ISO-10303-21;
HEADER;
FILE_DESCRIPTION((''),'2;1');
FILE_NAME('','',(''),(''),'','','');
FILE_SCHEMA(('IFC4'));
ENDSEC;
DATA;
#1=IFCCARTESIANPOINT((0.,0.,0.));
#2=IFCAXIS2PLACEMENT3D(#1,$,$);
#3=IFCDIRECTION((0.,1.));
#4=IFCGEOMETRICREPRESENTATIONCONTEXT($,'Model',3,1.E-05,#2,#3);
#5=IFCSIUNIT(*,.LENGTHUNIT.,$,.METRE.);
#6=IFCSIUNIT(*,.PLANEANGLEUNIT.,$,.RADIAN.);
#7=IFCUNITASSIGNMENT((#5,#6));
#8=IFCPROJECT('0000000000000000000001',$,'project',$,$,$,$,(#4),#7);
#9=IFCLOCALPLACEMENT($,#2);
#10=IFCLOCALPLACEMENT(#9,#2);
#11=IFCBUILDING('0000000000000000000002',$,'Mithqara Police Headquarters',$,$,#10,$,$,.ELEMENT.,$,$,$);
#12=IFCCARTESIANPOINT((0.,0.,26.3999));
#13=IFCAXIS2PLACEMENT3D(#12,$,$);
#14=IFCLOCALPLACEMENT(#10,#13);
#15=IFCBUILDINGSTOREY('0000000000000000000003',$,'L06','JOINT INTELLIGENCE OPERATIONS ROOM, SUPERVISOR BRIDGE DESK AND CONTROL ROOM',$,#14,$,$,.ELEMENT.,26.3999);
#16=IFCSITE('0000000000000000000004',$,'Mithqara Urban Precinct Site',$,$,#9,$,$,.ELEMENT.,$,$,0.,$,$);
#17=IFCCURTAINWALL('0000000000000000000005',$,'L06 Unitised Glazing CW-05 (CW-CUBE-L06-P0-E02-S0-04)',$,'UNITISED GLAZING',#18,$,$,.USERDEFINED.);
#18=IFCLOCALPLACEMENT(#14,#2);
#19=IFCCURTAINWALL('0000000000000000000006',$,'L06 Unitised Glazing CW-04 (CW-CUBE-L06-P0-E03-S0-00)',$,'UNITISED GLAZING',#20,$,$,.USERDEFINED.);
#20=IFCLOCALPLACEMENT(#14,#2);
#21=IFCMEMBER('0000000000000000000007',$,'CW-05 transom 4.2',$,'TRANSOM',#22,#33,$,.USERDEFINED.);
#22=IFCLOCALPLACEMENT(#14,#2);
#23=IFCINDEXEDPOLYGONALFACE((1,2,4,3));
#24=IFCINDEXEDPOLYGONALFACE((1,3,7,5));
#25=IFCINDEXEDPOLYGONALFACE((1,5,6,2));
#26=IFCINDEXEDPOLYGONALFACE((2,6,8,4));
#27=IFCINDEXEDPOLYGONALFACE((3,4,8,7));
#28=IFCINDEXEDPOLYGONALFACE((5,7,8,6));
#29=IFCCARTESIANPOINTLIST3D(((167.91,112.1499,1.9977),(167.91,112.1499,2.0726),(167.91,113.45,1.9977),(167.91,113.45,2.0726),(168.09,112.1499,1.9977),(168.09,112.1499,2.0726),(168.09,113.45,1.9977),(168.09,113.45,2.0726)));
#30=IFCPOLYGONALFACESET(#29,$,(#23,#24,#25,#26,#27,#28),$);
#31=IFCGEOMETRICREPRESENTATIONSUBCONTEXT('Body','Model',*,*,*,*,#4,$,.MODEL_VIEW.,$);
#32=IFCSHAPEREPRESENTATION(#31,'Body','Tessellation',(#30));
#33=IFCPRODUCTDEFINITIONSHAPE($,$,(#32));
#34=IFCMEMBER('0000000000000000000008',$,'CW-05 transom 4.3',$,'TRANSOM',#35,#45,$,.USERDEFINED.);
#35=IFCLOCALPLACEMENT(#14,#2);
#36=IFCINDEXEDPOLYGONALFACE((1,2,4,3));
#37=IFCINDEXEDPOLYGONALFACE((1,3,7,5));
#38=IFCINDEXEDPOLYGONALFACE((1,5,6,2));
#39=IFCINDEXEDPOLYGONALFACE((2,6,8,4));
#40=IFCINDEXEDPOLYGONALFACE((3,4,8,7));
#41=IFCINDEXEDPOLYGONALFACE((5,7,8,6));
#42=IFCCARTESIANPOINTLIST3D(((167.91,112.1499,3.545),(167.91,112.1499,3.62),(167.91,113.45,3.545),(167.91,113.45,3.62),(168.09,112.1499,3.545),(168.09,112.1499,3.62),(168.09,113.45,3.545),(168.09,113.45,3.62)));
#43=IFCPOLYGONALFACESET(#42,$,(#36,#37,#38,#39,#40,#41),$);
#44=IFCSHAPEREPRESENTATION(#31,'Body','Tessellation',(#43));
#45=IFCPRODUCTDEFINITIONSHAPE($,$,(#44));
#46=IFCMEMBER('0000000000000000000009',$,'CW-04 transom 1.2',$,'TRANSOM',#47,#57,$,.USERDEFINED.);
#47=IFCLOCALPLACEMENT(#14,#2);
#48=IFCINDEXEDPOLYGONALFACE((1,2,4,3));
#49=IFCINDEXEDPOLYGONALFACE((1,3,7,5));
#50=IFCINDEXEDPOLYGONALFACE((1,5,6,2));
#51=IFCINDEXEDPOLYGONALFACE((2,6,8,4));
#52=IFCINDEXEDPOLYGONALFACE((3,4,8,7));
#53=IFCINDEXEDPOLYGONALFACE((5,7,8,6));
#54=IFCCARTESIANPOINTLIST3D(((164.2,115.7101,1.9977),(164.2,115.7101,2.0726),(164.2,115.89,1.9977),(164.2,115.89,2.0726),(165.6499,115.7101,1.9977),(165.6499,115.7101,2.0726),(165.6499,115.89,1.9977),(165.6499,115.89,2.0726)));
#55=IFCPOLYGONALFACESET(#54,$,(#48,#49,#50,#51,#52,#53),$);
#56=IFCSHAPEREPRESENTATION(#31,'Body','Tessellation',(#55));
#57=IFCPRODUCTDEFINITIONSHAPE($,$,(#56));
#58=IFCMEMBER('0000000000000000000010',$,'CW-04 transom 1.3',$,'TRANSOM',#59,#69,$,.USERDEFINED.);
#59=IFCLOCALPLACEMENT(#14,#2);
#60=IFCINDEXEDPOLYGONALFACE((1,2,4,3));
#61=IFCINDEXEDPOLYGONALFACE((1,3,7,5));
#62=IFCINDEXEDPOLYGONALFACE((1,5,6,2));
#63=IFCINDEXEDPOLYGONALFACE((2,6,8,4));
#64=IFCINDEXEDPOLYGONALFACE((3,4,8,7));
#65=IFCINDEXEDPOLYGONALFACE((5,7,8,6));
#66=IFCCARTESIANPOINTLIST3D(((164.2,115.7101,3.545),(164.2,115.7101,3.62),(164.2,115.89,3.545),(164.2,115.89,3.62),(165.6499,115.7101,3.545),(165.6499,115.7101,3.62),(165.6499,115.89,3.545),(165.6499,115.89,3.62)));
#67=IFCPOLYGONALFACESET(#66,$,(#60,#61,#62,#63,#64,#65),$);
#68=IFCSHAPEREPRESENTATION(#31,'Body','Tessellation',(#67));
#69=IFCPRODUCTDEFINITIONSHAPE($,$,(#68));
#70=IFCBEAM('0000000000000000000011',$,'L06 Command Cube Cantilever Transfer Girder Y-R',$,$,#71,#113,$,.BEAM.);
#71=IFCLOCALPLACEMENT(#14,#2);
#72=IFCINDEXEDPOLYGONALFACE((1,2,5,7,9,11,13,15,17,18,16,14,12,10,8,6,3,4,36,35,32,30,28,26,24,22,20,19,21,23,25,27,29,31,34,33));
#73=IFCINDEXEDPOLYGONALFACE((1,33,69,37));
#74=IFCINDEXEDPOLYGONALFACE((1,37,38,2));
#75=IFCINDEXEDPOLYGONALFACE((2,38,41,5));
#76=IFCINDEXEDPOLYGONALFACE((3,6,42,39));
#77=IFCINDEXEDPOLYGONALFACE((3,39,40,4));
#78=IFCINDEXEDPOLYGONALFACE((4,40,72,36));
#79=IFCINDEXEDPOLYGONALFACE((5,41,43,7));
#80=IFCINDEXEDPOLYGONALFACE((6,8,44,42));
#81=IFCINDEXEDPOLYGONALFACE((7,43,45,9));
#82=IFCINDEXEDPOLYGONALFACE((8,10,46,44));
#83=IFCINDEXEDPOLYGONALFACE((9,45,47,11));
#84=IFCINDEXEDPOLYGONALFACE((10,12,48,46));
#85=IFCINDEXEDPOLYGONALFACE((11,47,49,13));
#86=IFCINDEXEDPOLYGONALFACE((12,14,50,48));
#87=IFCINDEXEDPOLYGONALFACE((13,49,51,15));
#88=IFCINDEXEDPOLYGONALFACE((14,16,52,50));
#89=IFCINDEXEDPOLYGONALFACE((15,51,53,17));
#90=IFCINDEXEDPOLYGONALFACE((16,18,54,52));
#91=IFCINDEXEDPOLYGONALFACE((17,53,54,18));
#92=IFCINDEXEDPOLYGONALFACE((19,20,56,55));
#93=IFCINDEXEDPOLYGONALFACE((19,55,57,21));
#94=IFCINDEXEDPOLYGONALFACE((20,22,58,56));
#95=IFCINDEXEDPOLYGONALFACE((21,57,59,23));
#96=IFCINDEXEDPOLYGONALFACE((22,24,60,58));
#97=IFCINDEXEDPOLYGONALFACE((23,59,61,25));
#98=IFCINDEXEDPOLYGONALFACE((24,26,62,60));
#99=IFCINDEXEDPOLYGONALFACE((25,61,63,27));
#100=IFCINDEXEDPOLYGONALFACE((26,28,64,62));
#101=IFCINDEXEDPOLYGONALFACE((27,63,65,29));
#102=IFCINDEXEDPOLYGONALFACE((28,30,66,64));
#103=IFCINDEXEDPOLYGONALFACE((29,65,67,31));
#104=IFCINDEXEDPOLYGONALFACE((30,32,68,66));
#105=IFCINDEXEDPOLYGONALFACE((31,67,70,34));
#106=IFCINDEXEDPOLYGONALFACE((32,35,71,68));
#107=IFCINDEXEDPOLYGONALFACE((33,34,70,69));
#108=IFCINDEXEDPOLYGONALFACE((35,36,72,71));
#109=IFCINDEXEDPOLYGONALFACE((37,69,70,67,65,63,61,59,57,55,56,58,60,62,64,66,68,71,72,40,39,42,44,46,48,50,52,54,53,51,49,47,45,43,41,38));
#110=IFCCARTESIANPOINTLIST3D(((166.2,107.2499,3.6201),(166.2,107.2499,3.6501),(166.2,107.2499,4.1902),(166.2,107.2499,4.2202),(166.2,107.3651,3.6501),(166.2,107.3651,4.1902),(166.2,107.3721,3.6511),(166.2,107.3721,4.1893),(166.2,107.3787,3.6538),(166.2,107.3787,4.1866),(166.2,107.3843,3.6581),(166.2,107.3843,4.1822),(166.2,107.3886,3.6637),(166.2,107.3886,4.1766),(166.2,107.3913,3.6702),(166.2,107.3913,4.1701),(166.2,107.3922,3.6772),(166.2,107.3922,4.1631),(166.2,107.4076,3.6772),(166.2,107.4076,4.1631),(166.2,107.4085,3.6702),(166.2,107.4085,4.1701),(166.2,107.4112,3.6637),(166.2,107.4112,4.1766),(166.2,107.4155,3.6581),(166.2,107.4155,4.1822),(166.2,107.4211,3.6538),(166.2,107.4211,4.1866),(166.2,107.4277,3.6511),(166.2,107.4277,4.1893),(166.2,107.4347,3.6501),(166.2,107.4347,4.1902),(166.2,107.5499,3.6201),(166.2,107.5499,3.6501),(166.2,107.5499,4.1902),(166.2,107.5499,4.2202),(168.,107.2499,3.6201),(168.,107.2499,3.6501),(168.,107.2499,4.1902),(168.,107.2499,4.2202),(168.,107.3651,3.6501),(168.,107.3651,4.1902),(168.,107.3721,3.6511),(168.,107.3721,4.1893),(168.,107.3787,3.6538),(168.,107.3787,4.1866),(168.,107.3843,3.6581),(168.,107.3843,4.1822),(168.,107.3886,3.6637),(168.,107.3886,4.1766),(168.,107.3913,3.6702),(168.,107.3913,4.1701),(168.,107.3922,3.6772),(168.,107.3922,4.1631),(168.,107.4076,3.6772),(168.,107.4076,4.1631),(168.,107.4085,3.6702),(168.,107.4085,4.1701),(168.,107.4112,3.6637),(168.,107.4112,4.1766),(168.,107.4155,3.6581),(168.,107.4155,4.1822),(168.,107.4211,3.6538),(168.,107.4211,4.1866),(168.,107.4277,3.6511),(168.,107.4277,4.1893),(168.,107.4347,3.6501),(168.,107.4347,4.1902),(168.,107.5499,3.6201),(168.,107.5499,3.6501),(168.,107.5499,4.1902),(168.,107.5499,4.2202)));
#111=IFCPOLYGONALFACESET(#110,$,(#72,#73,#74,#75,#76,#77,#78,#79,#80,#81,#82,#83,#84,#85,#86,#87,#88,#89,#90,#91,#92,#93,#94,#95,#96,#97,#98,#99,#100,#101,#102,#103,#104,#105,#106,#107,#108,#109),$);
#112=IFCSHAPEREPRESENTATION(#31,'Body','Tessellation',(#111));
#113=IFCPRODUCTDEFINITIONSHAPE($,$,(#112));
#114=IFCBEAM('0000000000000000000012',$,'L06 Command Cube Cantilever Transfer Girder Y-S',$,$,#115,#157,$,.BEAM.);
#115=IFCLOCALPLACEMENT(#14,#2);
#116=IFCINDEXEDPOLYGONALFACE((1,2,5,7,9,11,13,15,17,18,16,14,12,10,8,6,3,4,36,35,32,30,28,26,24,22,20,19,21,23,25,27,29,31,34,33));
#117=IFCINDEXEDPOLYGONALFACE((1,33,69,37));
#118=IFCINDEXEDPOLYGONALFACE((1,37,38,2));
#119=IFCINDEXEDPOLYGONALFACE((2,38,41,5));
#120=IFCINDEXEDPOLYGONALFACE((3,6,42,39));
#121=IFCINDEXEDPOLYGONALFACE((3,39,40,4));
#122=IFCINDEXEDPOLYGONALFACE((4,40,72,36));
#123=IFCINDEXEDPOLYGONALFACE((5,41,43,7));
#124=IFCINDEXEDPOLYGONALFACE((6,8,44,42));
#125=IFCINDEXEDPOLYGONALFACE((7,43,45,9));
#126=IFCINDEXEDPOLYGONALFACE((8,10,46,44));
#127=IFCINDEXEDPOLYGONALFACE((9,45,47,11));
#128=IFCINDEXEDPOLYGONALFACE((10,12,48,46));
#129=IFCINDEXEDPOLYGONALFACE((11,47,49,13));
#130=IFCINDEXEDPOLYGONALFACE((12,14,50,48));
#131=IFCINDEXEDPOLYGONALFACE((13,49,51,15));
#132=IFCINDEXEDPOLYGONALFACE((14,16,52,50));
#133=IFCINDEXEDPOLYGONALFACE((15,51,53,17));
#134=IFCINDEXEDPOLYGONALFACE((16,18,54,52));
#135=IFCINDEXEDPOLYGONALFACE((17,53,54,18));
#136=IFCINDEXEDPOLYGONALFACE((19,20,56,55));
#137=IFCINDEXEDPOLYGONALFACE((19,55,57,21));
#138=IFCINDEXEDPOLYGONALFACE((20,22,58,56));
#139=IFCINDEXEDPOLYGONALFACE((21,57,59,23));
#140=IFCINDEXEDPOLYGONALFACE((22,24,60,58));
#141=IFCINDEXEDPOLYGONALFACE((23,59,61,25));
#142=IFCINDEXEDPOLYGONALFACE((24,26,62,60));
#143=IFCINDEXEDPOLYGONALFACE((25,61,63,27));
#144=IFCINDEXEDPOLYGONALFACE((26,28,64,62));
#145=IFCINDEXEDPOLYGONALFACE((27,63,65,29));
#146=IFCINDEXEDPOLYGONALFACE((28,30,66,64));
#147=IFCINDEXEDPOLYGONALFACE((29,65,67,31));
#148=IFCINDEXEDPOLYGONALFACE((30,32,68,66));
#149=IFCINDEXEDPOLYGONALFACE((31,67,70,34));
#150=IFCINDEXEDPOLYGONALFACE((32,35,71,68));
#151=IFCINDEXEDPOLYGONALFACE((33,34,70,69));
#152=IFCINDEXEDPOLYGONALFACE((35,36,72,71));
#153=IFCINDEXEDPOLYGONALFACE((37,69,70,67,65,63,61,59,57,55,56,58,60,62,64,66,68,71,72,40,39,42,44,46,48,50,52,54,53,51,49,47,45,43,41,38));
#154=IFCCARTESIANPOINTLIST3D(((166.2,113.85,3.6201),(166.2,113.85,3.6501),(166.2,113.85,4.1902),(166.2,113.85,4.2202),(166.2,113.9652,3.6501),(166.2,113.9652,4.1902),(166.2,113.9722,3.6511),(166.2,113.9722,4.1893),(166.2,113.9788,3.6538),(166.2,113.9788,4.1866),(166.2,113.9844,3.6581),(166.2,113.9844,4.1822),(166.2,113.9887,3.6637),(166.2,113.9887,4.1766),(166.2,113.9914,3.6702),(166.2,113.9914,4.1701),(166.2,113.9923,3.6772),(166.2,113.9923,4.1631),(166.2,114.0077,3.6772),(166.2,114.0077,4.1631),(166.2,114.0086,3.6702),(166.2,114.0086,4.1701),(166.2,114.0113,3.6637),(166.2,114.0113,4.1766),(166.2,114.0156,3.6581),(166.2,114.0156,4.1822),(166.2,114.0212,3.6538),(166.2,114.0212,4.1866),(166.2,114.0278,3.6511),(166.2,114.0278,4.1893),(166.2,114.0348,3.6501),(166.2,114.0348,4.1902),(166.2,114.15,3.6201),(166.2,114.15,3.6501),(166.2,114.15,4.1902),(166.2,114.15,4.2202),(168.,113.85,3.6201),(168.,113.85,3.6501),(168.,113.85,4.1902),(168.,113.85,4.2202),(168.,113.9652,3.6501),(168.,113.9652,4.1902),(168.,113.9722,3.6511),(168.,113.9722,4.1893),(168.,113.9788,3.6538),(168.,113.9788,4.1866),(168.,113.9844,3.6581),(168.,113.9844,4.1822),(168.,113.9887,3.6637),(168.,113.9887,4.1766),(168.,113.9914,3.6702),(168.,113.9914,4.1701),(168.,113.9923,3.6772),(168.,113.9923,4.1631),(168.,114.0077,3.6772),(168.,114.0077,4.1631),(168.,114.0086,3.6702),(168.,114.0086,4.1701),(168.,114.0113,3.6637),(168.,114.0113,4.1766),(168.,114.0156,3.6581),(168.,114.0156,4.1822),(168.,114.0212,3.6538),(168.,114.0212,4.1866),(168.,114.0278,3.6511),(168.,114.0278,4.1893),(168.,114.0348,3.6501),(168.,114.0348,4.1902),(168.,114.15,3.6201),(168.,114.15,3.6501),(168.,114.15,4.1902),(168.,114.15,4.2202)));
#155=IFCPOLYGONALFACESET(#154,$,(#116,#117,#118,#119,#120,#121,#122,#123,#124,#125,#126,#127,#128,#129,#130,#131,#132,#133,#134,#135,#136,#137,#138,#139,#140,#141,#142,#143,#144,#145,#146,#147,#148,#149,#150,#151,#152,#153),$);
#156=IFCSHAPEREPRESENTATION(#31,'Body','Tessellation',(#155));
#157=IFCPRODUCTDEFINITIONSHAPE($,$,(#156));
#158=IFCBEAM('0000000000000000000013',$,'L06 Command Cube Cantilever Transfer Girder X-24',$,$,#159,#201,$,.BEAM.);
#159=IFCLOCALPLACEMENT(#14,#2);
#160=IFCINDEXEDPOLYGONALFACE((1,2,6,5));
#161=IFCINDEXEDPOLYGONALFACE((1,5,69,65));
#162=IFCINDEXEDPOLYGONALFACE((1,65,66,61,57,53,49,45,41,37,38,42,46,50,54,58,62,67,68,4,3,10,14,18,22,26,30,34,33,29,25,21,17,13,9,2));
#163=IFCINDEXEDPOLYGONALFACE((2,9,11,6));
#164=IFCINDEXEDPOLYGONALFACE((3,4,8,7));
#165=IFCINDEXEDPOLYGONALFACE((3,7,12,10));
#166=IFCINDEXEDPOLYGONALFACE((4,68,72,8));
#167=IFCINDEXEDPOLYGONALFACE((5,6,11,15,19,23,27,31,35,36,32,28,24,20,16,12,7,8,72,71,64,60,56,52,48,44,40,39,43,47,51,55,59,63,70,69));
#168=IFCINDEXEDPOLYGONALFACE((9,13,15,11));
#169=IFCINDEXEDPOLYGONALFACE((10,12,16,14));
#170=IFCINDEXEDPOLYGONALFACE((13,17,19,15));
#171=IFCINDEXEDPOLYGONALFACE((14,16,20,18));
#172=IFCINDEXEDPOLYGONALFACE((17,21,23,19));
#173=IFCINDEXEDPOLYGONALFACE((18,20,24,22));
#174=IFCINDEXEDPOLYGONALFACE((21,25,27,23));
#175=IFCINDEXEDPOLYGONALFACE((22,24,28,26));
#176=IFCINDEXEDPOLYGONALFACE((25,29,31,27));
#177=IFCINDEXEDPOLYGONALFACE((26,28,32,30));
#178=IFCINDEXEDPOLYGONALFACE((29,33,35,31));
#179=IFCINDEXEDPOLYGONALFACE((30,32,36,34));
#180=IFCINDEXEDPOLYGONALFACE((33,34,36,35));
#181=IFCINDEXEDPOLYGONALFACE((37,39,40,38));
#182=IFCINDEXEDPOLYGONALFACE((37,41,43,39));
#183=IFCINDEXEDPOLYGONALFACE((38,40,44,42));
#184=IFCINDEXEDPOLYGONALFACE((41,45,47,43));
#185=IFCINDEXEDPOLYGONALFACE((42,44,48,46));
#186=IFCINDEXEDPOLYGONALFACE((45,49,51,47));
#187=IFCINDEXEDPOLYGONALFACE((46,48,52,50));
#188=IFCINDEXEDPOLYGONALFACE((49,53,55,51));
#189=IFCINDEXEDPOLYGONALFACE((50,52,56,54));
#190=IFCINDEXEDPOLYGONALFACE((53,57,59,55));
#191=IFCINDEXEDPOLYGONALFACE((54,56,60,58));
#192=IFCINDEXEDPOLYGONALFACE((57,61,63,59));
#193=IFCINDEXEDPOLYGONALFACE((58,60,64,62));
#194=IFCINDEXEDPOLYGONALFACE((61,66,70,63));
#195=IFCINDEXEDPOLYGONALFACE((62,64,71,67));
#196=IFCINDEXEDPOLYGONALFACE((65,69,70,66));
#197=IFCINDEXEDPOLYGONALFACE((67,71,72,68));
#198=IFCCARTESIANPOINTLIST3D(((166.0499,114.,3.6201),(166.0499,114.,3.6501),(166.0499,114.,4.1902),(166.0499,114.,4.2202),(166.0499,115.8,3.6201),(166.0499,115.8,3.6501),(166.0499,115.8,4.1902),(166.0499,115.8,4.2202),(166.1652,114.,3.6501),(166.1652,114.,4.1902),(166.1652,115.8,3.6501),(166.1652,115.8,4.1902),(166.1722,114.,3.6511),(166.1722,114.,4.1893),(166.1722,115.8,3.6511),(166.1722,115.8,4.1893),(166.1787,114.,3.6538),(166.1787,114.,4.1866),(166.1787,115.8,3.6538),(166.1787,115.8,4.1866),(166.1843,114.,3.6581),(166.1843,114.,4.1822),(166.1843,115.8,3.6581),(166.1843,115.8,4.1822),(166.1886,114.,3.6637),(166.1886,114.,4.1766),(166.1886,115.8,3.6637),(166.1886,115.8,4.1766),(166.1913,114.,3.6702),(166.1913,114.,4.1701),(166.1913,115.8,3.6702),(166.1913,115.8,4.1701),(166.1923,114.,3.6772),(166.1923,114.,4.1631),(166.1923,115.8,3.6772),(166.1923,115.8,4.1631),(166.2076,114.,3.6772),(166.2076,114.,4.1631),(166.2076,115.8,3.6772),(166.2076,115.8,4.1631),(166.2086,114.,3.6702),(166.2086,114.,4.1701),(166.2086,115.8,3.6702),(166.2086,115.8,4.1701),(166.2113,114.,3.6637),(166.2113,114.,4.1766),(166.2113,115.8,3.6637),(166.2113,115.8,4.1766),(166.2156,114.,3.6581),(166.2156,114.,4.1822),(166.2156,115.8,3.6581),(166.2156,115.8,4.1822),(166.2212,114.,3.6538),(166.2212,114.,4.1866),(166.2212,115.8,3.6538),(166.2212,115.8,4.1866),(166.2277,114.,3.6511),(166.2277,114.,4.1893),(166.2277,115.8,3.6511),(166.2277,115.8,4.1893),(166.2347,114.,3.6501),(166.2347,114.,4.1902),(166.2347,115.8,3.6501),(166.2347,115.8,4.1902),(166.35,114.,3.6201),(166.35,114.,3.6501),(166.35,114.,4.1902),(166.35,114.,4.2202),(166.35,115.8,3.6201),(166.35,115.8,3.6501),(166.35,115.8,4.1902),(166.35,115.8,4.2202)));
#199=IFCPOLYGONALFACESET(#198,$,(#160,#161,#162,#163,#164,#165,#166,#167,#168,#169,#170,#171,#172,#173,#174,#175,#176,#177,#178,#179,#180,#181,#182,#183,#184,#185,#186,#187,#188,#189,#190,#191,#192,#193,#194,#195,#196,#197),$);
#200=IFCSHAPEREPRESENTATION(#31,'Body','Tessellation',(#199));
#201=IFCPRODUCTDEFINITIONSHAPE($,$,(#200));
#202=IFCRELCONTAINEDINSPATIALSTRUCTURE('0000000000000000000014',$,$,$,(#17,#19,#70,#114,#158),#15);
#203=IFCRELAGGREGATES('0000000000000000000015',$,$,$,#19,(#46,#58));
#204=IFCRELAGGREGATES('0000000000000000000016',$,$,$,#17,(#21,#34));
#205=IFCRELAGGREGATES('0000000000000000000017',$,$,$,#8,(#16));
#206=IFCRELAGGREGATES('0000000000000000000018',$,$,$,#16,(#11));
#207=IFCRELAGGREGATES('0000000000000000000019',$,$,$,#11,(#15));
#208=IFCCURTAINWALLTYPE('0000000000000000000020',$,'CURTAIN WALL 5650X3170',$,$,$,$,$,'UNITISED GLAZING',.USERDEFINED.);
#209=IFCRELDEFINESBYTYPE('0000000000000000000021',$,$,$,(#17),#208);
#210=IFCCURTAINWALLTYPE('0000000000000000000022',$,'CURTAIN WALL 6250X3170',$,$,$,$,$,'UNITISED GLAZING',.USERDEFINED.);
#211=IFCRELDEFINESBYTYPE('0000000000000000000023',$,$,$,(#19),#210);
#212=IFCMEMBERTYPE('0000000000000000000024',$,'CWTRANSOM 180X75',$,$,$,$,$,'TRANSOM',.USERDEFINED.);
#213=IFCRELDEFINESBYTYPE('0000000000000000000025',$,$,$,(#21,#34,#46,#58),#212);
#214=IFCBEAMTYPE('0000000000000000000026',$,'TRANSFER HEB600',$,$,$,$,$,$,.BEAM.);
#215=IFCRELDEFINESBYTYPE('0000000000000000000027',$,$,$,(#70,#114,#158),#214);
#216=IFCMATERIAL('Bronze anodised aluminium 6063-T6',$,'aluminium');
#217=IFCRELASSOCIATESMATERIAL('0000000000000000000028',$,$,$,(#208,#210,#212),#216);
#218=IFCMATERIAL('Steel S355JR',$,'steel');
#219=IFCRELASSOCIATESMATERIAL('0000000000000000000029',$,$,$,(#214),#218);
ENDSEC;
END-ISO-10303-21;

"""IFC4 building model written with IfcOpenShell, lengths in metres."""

from ifc_helpers import new_model, si_unit, direction, frame, origin, origin_2d, place, context, subcontext, project, spatial, rectangle, i_section, extrude, material, material_profile, profile_set, type_object, element, aggregate, save


model = new_model("IFC4")

# Units and contexts
model_context = context("Model", 3, precision=1e-05, world=origin(), true_north=direction((0.0, 1.0)))
body_context = subcontext(model_context, "Body", "Model", "MODEL_VIEW")
ifc_project = project(units=[si_unit("LENGTHUNIT", "METRE"), si_unit("PLANEANGLEUNIT", "RADIAN")], contexts=[model_context])

# Site, building, storey
site_placement = place(None, origin())
site = spatial("IfcSite", under=ifc_project, at=site_placement, Name="Mithqara Urban Precinct Site", CompositionType="ELEMENT", RefElevation=0.0)
building_placement = place(site_placement, origin())
building = spatial("IfcBuilding", under=site, at=building_placement, Name="Mithqara Police Headquarters", CompositionType="ELEMENT")
storey_placement = place(building_placement, frame((0.0, 0.0, 26.3999)))
storey = spatial("IfcBuildingStorey", under=building, at=storey_placement, Name="L06", Description="JOINT INTELLIGENCE OPERATIONS ROOM, SUPERVISOR BRIDGE DESK AND CONTROL ROOM", CompositionType="ELEMENT", Elevation=26.3999)

# Shared definitions
ifc_material_1 = material(Name="Steel S355JR", Category="steel")

# Curtain wall
ifc_material_2 = material(Name="Bronze anodised aluminium 6063-T6", Category="aluminium")
curtain_wall_type_1 = type_object("IfcCurtainWallType", Name="CURTAIN WALL 5650X3170", ElementType="UNITISED GLAZING", PredefinedType="USERDEFINED", material=ifc_material_2)
curtain_wall_1_placement = place(storey_placement, origin())
curtain_wall_1 = element("IfcCurtainWall", 1, at=curtain_wall_1_placement, inside=storey, type_object=curtain_wall_type_1, Name="L06 Unitised Glazing CW-05 (CW-CUBE-L06-P0-E02-S0-04)", ObjectType="UNITISED GLAZING", PredefinedType="USERDEFINED")

# Curtain wall
curtain_wall_type_2 = type_object("IfcCurtainWallType", Name="CURTAIN WALL 6250X3170", ElementType="UNITISED GLAZING", PredefinedType="USERDEFINED", material=ifc_material_2)
curtain_wall_2_placement = place(storey_placement, origin())
curtain_wall_2 = element("IfcCurtainWall", 2, at=curtain_wall_2_placement, inside=storey, type_object=curtain_wall_type_2, Name="L06 Unitised Glazing CW-04 (CW-CUBE-L06-P0-E03-S0-00)", ObjectType="UNITISED GLAZING", PredefinedType="USERDEFINED")

# Members
ifc_material_profile_1 = material_profile(ifc_material_2, rectangle(XDim=0.1799, YDim=0.075, at=origin_2d()), Name="CWT 180x75")
ifc_profile_set_1 = profile_set([ifc_material_profile_1], Name="Bronze anodised aluminium 6063-T6")
member_type_1 = type_object("IfcMemberType", Name="CWTRANSOM 180X75", ElementType="TRANSOM", PredefinedType="USERDEFINED", material=ifc_profile_set_1)
member_1_placement = place(storey_placement, frame((168.0, 112.1499, 2.0352), z_axis=(0.0, 1.0, 0.0), x_axis=(-1.0, 0.0, 0.0)))
member_1 = element("IfcMember", 3, at=member_1_placement, type_object=member_type_1, Name="CW-05 transom 4.2", ObjectType="TRANSOM", PredefinedType="USERDEFINED", context=body_context, shape_type="SweptSolid", body=[
    extrude(rectangle(XDim=0.1799, YDim=0.075, at=origin_2d()), origin(), (0.0, 0.0, 1.0), 1.3),
])
member_2_placement = place(storey_placement, frame((168.0, 112.1499, 3.5825), z_axis=(0.0, 1.0, 0.0), x_axis=(-1.0, 0.0, 0.0)))
member_2 = element("IfcMember", 4, at=member_2_placement, type_object=member_type_1, Name="CW-05 transom 4.3", ObjectType="TRANSOM", PredefinedType="USERDEFINED", context=body_context, shape_type="SweptSolid", body=[
    extrude(rectangle(XDim=0.1799, YDim=0.075, at=origin_2d()), origin(), (0.0, 0.0, 1.0), 1.3),
])
member_3_placement = place(storey_placement, frame((165.6499, 115.8, 2.0352), z_axis=(-1.0, 0.0, 0.0), x_axis=(0.0, -1.0, 0.0)))
member_3 = element("IfcMember", 5, at=member_3_placement, type_object=member_type_1, Name="CW-04 transom 1.2", ObjectType="TRANSOM", PredefinedType="USERDEFINED", context=body_context, shape_type="SweptSolid", body=[
    extrude(rectangle(XDim=0.1799, YDim=0.075, at=origin_2d()), origin(), (0.0, 0.0, 1.0), 1.45),
])
member_4_placement = place(storey_placement, frame((165.6499, 115.8, 3.5825), z_axis=(-1.0, 0.0, 0.0), x_axis=(0.0, -1.0, 0.0)))
member_4 = element("IfcMember", 6, at=member_4_placement, type_object=member_type_1, Name="CW-04 transom 1.3", ObjectType="TRANSOM", PredefinedType="USERDEFINED", context=body_context, shape_type="SweptSolid", body=[
    extrude(rectangle(XDim=0.1799, YDim=0.075, at=origin_2d()), origin(), (0.0, 0.0, 1.0), 1.45),
])
aggregate(curtain_wall_2, [member_3, member_4])

# Beams
ifc_material_profile_2 = material_profile(ifc_material_1, i_section(OverallWidth=0.3, OverallDepth=0.6001, WebThickness=0.0154, FlangeThickness=0.03, FilletRadius=0.0271, at=origin_2d()), Name="HEB 600")
ifc_profile_set_2 = profile_set([ifc_material_profile_2], Name="Steel S355JR")
beam_type = type_object("IfcBeamType", Name="TRANSFER HEB600", PredefinedType="BEAM", material=ifc_profile_set_2)
for number, where, z_axis, x_axis, name in (
    (7, (166.2, 107.3999, 3.9202), (1.0, 0.0, 0.0), (0.0, 1.0, 0.0), "L06 Command Cube Cantilever Transfer Girder Y-R"),
    (8, (166.2, 114.0, 3.9202), (1.0, 0.0, 0.0), (0.0, 1.0, 0.0), "L06 Command Cube Cantilever Transfer Girder Y-S"),
    (9, (166.2, 114.0, 3.9202), (0.0, 1.0, 0.0), (-1.0, 0.0, 0.0), "L06 Command Cube Cantilever Transfer Girder X-24"),
):
    element("IfcBeam", number, at=place(storey_placement, frame(where, z_axis=z_axis, x_axis=x_axis)), inside=storey, type_object=beam_type, Name=name, PredefinedType="BEAM", context=body_context, shape_type="SweptSolid", body=[
        extrude(i_section(OverallWidth=0.3, OverallDepth=0.6001, WebThickness=0.0154, FlangeThickness=0.03, FilletRadius=0.0271, at=origin_2d()), origin(), (0.0, 0.0, 1.0), 1.8),
    ])

aggregate(curtain_wall_1, [member_1, member_2])

save(model, "model.ifc")
